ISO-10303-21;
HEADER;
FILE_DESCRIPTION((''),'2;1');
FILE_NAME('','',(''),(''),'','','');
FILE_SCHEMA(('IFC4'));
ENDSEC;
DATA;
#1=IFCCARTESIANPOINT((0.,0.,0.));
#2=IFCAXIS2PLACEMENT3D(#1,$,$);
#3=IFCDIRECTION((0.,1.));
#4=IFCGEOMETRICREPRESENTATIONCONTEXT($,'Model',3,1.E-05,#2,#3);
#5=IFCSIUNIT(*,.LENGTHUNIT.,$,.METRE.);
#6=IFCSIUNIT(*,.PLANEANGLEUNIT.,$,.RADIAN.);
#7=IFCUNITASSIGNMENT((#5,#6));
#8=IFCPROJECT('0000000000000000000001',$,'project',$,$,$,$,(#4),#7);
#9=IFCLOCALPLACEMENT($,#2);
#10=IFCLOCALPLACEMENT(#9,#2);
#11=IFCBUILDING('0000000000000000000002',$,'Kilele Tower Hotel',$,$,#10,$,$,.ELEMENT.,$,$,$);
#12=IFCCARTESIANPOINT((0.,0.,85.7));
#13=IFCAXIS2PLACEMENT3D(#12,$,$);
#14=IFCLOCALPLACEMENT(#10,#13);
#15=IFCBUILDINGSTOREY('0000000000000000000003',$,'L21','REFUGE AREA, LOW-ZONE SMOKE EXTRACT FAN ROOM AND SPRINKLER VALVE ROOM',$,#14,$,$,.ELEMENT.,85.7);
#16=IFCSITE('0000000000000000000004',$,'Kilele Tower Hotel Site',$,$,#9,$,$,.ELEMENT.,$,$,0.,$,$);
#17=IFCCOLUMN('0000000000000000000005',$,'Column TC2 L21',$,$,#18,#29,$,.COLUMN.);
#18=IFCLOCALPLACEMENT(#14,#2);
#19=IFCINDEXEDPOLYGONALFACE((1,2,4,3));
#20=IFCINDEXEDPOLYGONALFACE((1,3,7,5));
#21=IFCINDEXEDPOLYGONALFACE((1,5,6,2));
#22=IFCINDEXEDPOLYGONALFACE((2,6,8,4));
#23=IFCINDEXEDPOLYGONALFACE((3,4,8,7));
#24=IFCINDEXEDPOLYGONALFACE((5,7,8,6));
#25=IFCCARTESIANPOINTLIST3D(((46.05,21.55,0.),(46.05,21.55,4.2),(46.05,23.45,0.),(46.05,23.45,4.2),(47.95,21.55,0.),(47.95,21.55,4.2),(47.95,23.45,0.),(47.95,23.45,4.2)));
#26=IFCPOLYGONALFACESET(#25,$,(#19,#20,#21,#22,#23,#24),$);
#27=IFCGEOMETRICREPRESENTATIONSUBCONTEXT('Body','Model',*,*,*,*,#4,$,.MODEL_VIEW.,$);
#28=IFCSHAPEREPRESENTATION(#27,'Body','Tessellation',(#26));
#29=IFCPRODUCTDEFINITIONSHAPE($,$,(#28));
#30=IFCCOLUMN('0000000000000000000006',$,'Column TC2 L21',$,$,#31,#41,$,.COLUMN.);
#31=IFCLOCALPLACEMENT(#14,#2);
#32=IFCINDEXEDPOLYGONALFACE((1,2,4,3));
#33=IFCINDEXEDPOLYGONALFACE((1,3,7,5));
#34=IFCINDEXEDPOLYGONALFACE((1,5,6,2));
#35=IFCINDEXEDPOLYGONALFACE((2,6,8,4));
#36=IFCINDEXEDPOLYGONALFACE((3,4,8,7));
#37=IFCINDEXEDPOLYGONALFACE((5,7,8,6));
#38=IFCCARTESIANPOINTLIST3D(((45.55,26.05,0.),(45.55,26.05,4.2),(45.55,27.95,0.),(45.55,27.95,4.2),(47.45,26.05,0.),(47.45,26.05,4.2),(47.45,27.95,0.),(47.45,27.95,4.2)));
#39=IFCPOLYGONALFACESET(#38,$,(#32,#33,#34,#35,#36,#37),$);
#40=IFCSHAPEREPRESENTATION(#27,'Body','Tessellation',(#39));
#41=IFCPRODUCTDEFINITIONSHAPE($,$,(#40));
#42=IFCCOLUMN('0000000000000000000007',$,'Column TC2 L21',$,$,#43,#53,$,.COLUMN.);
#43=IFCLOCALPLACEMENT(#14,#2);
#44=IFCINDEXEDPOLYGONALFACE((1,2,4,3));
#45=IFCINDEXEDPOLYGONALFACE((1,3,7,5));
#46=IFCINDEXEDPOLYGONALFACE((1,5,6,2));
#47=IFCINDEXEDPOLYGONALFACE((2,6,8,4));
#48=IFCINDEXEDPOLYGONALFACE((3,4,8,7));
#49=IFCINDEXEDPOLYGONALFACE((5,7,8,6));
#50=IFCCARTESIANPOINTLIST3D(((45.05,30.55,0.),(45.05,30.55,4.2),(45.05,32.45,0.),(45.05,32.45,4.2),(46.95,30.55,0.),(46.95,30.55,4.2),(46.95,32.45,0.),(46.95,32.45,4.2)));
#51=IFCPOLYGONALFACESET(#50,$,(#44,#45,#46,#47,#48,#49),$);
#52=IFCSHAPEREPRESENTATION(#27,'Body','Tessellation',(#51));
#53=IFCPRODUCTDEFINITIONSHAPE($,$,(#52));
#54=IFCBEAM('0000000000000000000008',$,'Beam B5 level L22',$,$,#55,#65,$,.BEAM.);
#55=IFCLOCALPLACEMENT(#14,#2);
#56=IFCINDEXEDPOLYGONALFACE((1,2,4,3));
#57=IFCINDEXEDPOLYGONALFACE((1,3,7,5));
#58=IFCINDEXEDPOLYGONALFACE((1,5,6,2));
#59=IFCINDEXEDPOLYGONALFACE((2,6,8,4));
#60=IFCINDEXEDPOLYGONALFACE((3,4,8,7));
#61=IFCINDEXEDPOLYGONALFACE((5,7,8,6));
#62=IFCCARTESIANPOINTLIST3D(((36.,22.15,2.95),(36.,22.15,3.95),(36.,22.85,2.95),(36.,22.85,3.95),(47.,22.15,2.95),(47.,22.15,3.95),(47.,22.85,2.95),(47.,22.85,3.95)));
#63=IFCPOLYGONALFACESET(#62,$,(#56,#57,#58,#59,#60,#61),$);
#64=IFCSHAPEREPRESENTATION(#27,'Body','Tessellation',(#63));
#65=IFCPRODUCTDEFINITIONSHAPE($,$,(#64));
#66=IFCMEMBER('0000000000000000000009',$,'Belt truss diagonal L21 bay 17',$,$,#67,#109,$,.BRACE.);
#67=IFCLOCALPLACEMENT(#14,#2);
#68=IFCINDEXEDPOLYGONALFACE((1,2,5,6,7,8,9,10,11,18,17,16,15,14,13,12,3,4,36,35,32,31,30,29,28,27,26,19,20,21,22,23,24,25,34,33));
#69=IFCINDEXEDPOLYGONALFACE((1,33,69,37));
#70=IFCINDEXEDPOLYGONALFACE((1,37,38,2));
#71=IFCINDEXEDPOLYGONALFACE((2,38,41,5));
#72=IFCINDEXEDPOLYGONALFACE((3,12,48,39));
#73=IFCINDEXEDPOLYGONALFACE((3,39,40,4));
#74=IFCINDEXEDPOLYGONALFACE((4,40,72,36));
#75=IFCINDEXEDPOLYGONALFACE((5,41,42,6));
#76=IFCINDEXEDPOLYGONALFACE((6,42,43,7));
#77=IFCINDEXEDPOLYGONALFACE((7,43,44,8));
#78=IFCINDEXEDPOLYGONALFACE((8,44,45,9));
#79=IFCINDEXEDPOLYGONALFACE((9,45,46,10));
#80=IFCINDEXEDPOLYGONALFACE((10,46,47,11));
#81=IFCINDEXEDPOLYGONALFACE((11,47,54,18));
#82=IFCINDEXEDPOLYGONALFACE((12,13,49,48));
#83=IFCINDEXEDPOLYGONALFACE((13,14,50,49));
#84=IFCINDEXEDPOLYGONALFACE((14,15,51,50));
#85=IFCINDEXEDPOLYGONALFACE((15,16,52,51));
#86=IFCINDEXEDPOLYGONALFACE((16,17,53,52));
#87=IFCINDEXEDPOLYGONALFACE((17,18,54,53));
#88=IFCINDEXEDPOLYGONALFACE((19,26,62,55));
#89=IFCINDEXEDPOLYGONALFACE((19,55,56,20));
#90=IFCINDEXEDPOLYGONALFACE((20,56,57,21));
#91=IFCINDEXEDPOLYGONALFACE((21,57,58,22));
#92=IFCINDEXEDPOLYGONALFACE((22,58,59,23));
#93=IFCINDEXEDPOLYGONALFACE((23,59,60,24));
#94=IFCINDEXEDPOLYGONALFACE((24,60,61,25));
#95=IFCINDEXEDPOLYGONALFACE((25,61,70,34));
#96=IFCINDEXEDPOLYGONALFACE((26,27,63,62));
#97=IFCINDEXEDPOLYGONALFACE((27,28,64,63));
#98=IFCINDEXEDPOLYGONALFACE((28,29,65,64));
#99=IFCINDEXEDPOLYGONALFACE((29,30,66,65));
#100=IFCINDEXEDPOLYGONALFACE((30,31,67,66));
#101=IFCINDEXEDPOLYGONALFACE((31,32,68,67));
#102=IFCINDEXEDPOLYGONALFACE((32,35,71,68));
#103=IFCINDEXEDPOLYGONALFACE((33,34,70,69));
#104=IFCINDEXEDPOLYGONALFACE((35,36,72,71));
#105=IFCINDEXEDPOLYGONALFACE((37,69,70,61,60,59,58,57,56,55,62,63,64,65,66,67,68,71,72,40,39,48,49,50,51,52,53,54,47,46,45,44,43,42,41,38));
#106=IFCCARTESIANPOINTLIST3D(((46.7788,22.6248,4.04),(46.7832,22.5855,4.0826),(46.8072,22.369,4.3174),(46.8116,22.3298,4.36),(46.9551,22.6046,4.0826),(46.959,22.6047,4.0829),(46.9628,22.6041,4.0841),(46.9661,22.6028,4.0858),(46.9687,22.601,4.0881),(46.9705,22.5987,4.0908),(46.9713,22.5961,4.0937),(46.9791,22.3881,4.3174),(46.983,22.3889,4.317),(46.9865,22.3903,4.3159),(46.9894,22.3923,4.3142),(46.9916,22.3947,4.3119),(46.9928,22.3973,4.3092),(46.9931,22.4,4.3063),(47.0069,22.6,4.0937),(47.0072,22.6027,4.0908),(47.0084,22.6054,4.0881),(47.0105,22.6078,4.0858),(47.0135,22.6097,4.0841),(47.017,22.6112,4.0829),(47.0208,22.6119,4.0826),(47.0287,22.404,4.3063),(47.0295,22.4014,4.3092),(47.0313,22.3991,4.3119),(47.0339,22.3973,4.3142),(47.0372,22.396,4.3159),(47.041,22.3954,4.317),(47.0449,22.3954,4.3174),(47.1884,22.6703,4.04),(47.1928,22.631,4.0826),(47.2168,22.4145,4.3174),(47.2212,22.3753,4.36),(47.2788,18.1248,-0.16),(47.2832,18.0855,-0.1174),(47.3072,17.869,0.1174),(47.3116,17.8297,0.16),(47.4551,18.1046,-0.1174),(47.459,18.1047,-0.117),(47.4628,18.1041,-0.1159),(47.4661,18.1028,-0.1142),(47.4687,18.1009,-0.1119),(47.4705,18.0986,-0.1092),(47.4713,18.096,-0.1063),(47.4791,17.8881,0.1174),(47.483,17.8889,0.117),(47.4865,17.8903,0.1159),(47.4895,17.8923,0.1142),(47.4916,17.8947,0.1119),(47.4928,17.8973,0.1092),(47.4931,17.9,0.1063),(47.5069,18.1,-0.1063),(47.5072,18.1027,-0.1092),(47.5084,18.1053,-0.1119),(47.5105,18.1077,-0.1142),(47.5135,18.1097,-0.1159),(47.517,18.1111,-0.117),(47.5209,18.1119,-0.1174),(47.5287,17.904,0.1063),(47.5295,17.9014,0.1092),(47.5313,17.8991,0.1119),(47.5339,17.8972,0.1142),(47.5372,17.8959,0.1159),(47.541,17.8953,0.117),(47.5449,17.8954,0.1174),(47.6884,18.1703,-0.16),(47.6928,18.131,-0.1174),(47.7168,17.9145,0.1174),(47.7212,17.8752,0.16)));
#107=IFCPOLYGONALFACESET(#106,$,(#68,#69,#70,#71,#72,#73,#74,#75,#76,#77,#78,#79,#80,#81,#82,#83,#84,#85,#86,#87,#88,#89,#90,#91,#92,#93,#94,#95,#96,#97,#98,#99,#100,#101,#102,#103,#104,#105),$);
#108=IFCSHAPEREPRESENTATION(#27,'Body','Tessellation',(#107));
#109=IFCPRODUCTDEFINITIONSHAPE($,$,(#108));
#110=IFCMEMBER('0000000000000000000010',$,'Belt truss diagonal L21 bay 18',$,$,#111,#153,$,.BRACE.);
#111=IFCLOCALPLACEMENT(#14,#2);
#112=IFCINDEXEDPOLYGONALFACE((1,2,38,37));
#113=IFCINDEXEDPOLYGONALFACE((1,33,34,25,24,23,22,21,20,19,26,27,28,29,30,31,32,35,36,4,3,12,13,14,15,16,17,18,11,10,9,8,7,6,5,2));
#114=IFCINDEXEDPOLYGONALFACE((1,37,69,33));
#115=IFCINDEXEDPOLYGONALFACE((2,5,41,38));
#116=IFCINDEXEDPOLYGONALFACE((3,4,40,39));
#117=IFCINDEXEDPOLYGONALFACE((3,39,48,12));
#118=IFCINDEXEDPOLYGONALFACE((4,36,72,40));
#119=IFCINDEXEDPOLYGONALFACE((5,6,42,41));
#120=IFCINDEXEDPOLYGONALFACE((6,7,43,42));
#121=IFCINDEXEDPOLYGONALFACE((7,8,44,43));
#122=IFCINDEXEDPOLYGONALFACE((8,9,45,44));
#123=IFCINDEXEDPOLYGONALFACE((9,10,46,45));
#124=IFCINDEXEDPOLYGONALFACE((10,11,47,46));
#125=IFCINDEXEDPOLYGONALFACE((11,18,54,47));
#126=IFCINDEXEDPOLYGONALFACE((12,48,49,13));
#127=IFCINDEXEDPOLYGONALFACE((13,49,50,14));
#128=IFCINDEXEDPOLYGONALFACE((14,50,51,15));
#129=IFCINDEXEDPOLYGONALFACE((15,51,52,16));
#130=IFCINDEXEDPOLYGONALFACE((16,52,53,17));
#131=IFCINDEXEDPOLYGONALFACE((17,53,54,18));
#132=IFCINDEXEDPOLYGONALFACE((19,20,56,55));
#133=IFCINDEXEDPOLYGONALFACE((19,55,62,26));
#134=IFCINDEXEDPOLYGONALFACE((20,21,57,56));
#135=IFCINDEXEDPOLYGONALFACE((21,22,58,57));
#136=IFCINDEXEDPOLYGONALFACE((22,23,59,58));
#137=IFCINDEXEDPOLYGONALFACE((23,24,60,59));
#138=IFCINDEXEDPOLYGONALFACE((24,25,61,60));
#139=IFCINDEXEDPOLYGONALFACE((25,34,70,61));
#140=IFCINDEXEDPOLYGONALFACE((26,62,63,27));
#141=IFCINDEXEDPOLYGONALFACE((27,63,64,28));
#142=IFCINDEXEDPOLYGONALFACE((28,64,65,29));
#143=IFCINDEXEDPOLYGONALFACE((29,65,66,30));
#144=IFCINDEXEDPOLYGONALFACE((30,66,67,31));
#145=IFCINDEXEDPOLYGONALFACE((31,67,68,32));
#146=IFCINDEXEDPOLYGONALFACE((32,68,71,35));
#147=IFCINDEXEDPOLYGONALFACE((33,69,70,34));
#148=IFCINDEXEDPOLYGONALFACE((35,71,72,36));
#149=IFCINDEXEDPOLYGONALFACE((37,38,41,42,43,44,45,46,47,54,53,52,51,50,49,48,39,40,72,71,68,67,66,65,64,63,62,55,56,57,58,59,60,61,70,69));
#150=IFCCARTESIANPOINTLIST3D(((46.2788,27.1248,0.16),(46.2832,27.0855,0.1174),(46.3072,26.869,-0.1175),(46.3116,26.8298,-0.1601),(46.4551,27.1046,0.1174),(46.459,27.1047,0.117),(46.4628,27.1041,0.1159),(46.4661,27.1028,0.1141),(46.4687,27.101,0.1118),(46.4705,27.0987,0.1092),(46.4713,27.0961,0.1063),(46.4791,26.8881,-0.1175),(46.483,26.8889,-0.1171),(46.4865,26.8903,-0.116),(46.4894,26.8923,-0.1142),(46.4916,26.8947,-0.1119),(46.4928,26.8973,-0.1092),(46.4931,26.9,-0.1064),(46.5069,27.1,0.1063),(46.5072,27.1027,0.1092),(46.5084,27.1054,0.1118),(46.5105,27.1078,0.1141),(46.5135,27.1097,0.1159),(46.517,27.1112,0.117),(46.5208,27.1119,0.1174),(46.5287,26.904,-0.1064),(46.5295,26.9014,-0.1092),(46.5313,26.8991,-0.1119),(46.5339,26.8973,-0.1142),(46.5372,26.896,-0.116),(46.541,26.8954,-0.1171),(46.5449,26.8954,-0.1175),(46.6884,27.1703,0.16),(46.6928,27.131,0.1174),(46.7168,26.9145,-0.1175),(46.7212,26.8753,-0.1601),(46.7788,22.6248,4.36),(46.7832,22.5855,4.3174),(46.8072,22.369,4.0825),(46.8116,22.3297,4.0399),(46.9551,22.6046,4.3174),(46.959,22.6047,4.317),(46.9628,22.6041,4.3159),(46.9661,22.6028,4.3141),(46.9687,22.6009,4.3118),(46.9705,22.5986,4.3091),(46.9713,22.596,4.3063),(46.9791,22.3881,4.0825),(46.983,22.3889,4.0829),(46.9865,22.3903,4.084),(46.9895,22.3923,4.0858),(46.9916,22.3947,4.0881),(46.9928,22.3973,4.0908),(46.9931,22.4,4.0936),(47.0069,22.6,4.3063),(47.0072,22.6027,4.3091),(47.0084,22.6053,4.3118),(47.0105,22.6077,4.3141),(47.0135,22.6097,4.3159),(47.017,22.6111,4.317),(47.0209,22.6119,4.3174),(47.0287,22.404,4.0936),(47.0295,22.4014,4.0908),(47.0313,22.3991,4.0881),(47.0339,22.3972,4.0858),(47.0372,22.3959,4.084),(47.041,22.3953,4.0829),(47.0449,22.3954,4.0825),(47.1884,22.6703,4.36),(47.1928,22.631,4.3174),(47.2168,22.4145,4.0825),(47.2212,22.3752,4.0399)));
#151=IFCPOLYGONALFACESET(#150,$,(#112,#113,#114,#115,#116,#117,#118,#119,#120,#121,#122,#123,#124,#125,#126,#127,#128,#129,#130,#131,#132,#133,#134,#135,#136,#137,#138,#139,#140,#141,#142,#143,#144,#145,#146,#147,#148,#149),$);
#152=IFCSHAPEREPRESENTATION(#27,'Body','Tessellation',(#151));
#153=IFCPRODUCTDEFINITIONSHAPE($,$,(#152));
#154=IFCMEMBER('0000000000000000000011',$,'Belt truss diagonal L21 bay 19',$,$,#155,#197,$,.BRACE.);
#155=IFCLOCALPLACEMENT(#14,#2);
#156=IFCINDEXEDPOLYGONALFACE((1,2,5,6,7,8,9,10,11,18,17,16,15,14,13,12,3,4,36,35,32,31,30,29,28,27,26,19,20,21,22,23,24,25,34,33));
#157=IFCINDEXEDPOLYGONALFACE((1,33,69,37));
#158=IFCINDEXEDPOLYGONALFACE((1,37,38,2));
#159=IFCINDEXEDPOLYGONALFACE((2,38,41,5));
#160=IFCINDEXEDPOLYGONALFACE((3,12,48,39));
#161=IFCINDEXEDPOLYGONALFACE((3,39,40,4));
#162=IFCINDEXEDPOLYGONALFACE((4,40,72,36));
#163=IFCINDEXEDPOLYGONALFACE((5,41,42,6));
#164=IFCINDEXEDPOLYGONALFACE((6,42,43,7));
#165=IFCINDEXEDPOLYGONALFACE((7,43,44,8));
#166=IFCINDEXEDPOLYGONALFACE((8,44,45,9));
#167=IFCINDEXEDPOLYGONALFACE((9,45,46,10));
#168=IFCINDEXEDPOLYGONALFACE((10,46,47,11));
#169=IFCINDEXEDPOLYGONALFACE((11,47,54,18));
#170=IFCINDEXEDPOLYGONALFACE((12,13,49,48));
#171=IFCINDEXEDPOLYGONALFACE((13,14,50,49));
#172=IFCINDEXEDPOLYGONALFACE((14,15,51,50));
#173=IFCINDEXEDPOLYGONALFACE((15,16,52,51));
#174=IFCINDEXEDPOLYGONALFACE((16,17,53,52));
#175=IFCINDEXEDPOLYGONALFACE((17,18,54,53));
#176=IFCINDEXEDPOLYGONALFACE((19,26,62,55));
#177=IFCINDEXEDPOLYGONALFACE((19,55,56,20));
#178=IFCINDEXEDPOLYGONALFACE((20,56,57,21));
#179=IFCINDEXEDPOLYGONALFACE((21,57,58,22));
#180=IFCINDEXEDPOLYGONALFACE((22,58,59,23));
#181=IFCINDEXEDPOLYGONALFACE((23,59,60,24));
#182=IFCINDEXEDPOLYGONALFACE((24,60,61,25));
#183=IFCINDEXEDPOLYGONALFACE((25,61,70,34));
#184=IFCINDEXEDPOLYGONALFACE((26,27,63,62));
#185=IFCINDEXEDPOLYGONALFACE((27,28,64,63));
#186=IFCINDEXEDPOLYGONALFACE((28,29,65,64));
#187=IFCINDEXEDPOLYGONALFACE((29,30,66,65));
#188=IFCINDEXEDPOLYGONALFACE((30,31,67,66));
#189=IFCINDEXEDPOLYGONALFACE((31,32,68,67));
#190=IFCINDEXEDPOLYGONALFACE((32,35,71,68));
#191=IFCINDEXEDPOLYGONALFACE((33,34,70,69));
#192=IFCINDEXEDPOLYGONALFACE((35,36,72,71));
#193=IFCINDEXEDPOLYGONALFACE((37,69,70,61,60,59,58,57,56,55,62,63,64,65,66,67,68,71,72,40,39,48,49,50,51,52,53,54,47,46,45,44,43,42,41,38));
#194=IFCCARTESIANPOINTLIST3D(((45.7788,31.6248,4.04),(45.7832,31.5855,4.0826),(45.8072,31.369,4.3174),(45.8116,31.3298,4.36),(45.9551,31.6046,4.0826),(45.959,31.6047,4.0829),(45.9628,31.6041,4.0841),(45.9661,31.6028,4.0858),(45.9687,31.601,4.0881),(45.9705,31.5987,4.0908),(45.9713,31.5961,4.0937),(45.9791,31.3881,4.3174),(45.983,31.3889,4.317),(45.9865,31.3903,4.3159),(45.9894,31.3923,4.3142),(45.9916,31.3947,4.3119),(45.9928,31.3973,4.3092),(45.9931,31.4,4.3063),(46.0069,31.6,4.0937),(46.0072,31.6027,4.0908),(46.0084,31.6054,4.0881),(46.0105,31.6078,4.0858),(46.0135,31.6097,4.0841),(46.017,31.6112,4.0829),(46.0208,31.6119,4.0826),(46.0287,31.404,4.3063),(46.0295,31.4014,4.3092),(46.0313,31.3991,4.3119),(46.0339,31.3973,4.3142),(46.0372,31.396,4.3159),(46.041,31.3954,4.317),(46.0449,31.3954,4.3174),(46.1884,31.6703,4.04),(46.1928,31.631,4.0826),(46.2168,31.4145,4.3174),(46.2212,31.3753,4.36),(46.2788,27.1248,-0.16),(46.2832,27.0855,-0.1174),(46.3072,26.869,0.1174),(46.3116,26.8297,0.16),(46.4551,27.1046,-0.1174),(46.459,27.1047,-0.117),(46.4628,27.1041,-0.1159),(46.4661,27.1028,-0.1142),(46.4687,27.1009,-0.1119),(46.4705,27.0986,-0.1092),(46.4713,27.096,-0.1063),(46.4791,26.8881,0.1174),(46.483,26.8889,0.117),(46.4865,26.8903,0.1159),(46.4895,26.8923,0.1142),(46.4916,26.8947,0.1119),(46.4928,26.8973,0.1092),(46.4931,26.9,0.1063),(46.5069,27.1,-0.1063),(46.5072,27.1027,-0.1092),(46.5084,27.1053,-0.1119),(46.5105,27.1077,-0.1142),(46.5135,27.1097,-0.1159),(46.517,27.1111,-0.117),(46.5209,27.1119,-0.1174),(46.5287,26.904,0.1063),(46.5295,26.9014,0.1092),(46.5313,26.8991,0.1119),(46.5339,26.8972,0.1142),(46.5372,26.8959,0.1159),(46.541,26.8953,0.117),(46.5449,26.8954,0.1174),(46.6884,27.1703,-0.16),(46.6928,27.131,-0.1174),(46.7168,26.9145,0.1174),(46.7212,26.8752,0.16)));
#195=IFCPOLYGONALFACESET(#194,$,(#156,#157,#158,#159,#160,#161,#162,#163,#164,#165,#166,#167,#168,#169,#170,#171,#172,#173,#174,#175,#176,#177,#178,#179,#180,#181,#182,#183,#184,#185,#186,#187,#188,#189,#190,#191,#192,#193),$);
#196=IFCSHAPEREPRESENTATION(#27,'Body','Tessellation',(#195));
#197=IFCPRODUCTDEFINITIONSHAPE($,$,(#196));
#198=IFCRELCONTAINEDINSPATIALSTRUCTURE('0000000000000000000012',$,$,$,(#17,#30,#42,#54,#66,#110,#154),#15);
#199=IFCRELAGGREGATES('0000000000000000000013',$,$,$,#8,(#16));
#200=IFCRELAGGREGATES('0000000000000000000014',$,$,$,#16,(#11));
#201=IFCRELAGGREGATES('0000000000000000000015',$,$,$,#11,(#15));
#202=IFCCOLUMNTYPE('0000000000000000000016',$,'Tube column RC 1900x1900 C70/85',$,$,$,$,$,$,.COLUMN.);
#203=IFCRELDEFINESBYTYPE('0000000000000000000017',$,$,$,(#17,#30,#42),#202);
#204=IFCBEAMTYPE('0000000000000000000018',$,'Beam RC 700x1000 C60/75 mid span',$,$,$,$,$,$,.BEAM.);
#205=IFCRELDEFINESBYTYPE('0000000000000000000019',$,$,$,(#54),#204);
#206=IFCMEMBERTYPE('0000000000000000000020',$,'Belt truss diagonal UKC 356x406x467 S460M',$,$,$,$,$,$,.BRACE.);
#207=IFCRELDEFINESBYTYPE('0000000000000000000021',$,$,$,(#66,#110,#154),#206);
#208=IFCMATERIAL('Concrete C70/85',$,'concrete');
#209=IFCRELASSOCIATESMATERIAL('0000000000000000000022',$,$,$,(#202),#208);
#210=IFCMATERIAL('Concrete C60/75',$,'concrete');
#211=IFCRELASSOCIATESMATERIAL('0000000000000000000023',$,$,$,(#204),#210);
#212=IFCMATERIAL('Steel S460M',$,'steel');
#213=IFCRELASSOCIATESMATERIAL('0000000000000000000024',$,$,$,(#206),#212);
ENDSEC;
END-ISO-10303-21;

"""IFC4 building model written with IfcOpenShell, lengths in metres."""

from ifc_helpers import new_model, si_unit, direction, frame, origin, origin_2d, place, context, subcontext, project, spatial, rectangle, i_section, extrude, material, material_profile, profile_set, type_object, element, save


model = new_model("IFC4")

# Units and contexts
model_context = context("Model", 3, precision=1e-05, world=origin(), true_north=direction((0.0, 1.0)))
body_context = subcontext(model_context, "Body", "Model", "MODEL_VIEW")
ifc_project = project(units=[si_unit("LENGTHUNIT", "METRE"), si_unit("PLANEANGLEUNIT", "RADIAN")], contexts=[model_context])

# Site, building, storey
site_placement = place(None, origin())
site = spatial("IfcSite", under=ifc_project, at=site_placement, Name="Kilele Tower Hotel Site", CompositionType="ELEMENT", RefElevation=0.0)
building_placement = place(site_placement, origin())
building = spatial("IfcBuilding", under=site, at=building_placement, Name="Kilele Tower Hotel", CompositionType="ELEMENT")
storey_placement = place(building_placement, frame((0.0, 0.0, 85.7)))
storey = spatial("IfcBuildingStorey", under=building, at=storey_placement, Name="L21", Description="REFUGE AREA, LOW-ZONE SMOKE EXTRACT FAN ROOM AND SPRINKLER VALVE ROOM", CompositionType="ELEMENT", Elevation=85.7)

# Columns
ifc_material_1 = material(Name="Concrete C70/85", Category="concrete")
ifc_material_profile_1 = material_profile(ifc_material_1, rectangle(XDim=1.8999, YDim=1.8999, at=origin_2d()))
ifc_profile_set_1 = profile_set([ifc_material_profile_1], Name="Concrete C70/85")
column_type = type_object("IfcColumnType", Name="Tube column RC 1900x1900 C70/85", PredefinedType="COLUMN", material=ifc_profile_set_1)
for number, where, z_axis, x_axis, name in (
    (1, (47.0, 22.5, 0.0), (0.0, 0.0, 1.0), (1.0, 0.0, 0.0), "Column TC2 L21"),
    (2, (46.5, 27.0, 0.0), (0.0, 0.0, 1.0), (1.0, 0.0, 0.0), "Column TC2 L21"),
    (3, (46.0, 31.5, 0.0), (0.0, 0.0, 1.0), (1.0, 0.0, 0.0), "Column TC2 L21"),
):
    element("IfcColumn", number, at=place(storey_placement, frame(where, z_axis=z_axis, x_axis=x_axis)), inside=storey, type_object=column_type, Name=name, PredefinedType="COLUMN", context=body_context, shape_type="SweptSolid", body=[
        extrude(rectangle(XDim=1.8999, YDim=1.8999, at=origin_2d()), origin(), (0.0, 0.0, 1.0), 4.2),
    ])

# Beam
ifc_material_2 = material(Name="Concrete C60/75", Category="concrete")
ifc_material_profile_2 = material_profile(ifc_material_2, rectangle(XDim=0.7, YDim=1.0, at=origin_2d()))
ifc_profile_set_2 = profile_set([ifc_material_profile_2], Name="Concrete C60/75")
beam_type_1 = type_object("IfcBeamType", Name="Beam RC 700x1000 C60/75 mid span", PredefinedType="BEAM", material=ifc_profile_set_2)
beam_1_placement = place(storey_placement, frame((47.0, 22.5, 3.45), z_axis=(-1.0, 0.0, 0.0), x_axis=(0.0, -1.0, 0.0)))
element("IfcBeam", 4, at=beam_1_placement, inside=storey, type_object=beam_type_1, Name="Beam B5 level L22", PredefinedType="BEAM", context=body_context, shape_type="SweptSolid", body=[
    extrude(rectangle(XDim=0.7, YDim=1.0, at=origin_2d()), origin(), (0.0, 0.0, 1.0), 11.0),
])

# Members
ifc_material_3 = material(Name="Steel S460M", Category="steel")
ifc_material_profile_3 = material_profile(ifc_material_3, i_section(OverallWidth=0.4121, OverallDepth=0.4365, WebThickness=0.0359, FlangeThickness=0.0581, FilletRadius=0.0151, at=origin_2d()))
ifc_profile_set_3 = profile_set([ifc_material_profile_3], Name="Steel S460M")
member_type = type_object("IfcMemberType", Name="Belt truss diagonal UKC 356x406x467 S460M", PredefinedType="BRACE", material=ifc_profile_set_3)
for number, where, z_axis, x_axis, name in (
    (5, (47.5, 18.0, 0.0), (-0.080962, 0.728659, 0.680074), (-0.993884, -0.110432, 0.0), "Belt truss diagonal L21 bay 17"),
    (6, (47.0, 22.5, 4.2), (-0.080962, 0.728659, -0.680074), (-0.993884, -0.110432, 0.0), "Belt truss diagonal L21 bay 18"),
    (7, (46.5, 27.0, 0.0), (-0.080962, 0.728659, 0.680074), (-0.993884, -0.110432, 0.0), "Belt truss diagonal L21 bay 19"),
):
    element("IfcMember", number, at=place(storey_placement, frame(where, z_axis=z_axis, x_axis=x_axis)), inside=storey, type_object=member_type, Name=name, PredefinedType="BRACE", context=body_context, shape_type="SweptSolid", body=[
        extrude(i_section(OverallWidth=0.4121, OverallDepth=0.4365, WebThickness=0.0359, FlangeThickness=0.0581, FilletRadius=0.0151, at=origin_2d()), origin(), (0.0, 0.0, 1.0), 6.1758),
    ])

save(model, "model.ifc")
